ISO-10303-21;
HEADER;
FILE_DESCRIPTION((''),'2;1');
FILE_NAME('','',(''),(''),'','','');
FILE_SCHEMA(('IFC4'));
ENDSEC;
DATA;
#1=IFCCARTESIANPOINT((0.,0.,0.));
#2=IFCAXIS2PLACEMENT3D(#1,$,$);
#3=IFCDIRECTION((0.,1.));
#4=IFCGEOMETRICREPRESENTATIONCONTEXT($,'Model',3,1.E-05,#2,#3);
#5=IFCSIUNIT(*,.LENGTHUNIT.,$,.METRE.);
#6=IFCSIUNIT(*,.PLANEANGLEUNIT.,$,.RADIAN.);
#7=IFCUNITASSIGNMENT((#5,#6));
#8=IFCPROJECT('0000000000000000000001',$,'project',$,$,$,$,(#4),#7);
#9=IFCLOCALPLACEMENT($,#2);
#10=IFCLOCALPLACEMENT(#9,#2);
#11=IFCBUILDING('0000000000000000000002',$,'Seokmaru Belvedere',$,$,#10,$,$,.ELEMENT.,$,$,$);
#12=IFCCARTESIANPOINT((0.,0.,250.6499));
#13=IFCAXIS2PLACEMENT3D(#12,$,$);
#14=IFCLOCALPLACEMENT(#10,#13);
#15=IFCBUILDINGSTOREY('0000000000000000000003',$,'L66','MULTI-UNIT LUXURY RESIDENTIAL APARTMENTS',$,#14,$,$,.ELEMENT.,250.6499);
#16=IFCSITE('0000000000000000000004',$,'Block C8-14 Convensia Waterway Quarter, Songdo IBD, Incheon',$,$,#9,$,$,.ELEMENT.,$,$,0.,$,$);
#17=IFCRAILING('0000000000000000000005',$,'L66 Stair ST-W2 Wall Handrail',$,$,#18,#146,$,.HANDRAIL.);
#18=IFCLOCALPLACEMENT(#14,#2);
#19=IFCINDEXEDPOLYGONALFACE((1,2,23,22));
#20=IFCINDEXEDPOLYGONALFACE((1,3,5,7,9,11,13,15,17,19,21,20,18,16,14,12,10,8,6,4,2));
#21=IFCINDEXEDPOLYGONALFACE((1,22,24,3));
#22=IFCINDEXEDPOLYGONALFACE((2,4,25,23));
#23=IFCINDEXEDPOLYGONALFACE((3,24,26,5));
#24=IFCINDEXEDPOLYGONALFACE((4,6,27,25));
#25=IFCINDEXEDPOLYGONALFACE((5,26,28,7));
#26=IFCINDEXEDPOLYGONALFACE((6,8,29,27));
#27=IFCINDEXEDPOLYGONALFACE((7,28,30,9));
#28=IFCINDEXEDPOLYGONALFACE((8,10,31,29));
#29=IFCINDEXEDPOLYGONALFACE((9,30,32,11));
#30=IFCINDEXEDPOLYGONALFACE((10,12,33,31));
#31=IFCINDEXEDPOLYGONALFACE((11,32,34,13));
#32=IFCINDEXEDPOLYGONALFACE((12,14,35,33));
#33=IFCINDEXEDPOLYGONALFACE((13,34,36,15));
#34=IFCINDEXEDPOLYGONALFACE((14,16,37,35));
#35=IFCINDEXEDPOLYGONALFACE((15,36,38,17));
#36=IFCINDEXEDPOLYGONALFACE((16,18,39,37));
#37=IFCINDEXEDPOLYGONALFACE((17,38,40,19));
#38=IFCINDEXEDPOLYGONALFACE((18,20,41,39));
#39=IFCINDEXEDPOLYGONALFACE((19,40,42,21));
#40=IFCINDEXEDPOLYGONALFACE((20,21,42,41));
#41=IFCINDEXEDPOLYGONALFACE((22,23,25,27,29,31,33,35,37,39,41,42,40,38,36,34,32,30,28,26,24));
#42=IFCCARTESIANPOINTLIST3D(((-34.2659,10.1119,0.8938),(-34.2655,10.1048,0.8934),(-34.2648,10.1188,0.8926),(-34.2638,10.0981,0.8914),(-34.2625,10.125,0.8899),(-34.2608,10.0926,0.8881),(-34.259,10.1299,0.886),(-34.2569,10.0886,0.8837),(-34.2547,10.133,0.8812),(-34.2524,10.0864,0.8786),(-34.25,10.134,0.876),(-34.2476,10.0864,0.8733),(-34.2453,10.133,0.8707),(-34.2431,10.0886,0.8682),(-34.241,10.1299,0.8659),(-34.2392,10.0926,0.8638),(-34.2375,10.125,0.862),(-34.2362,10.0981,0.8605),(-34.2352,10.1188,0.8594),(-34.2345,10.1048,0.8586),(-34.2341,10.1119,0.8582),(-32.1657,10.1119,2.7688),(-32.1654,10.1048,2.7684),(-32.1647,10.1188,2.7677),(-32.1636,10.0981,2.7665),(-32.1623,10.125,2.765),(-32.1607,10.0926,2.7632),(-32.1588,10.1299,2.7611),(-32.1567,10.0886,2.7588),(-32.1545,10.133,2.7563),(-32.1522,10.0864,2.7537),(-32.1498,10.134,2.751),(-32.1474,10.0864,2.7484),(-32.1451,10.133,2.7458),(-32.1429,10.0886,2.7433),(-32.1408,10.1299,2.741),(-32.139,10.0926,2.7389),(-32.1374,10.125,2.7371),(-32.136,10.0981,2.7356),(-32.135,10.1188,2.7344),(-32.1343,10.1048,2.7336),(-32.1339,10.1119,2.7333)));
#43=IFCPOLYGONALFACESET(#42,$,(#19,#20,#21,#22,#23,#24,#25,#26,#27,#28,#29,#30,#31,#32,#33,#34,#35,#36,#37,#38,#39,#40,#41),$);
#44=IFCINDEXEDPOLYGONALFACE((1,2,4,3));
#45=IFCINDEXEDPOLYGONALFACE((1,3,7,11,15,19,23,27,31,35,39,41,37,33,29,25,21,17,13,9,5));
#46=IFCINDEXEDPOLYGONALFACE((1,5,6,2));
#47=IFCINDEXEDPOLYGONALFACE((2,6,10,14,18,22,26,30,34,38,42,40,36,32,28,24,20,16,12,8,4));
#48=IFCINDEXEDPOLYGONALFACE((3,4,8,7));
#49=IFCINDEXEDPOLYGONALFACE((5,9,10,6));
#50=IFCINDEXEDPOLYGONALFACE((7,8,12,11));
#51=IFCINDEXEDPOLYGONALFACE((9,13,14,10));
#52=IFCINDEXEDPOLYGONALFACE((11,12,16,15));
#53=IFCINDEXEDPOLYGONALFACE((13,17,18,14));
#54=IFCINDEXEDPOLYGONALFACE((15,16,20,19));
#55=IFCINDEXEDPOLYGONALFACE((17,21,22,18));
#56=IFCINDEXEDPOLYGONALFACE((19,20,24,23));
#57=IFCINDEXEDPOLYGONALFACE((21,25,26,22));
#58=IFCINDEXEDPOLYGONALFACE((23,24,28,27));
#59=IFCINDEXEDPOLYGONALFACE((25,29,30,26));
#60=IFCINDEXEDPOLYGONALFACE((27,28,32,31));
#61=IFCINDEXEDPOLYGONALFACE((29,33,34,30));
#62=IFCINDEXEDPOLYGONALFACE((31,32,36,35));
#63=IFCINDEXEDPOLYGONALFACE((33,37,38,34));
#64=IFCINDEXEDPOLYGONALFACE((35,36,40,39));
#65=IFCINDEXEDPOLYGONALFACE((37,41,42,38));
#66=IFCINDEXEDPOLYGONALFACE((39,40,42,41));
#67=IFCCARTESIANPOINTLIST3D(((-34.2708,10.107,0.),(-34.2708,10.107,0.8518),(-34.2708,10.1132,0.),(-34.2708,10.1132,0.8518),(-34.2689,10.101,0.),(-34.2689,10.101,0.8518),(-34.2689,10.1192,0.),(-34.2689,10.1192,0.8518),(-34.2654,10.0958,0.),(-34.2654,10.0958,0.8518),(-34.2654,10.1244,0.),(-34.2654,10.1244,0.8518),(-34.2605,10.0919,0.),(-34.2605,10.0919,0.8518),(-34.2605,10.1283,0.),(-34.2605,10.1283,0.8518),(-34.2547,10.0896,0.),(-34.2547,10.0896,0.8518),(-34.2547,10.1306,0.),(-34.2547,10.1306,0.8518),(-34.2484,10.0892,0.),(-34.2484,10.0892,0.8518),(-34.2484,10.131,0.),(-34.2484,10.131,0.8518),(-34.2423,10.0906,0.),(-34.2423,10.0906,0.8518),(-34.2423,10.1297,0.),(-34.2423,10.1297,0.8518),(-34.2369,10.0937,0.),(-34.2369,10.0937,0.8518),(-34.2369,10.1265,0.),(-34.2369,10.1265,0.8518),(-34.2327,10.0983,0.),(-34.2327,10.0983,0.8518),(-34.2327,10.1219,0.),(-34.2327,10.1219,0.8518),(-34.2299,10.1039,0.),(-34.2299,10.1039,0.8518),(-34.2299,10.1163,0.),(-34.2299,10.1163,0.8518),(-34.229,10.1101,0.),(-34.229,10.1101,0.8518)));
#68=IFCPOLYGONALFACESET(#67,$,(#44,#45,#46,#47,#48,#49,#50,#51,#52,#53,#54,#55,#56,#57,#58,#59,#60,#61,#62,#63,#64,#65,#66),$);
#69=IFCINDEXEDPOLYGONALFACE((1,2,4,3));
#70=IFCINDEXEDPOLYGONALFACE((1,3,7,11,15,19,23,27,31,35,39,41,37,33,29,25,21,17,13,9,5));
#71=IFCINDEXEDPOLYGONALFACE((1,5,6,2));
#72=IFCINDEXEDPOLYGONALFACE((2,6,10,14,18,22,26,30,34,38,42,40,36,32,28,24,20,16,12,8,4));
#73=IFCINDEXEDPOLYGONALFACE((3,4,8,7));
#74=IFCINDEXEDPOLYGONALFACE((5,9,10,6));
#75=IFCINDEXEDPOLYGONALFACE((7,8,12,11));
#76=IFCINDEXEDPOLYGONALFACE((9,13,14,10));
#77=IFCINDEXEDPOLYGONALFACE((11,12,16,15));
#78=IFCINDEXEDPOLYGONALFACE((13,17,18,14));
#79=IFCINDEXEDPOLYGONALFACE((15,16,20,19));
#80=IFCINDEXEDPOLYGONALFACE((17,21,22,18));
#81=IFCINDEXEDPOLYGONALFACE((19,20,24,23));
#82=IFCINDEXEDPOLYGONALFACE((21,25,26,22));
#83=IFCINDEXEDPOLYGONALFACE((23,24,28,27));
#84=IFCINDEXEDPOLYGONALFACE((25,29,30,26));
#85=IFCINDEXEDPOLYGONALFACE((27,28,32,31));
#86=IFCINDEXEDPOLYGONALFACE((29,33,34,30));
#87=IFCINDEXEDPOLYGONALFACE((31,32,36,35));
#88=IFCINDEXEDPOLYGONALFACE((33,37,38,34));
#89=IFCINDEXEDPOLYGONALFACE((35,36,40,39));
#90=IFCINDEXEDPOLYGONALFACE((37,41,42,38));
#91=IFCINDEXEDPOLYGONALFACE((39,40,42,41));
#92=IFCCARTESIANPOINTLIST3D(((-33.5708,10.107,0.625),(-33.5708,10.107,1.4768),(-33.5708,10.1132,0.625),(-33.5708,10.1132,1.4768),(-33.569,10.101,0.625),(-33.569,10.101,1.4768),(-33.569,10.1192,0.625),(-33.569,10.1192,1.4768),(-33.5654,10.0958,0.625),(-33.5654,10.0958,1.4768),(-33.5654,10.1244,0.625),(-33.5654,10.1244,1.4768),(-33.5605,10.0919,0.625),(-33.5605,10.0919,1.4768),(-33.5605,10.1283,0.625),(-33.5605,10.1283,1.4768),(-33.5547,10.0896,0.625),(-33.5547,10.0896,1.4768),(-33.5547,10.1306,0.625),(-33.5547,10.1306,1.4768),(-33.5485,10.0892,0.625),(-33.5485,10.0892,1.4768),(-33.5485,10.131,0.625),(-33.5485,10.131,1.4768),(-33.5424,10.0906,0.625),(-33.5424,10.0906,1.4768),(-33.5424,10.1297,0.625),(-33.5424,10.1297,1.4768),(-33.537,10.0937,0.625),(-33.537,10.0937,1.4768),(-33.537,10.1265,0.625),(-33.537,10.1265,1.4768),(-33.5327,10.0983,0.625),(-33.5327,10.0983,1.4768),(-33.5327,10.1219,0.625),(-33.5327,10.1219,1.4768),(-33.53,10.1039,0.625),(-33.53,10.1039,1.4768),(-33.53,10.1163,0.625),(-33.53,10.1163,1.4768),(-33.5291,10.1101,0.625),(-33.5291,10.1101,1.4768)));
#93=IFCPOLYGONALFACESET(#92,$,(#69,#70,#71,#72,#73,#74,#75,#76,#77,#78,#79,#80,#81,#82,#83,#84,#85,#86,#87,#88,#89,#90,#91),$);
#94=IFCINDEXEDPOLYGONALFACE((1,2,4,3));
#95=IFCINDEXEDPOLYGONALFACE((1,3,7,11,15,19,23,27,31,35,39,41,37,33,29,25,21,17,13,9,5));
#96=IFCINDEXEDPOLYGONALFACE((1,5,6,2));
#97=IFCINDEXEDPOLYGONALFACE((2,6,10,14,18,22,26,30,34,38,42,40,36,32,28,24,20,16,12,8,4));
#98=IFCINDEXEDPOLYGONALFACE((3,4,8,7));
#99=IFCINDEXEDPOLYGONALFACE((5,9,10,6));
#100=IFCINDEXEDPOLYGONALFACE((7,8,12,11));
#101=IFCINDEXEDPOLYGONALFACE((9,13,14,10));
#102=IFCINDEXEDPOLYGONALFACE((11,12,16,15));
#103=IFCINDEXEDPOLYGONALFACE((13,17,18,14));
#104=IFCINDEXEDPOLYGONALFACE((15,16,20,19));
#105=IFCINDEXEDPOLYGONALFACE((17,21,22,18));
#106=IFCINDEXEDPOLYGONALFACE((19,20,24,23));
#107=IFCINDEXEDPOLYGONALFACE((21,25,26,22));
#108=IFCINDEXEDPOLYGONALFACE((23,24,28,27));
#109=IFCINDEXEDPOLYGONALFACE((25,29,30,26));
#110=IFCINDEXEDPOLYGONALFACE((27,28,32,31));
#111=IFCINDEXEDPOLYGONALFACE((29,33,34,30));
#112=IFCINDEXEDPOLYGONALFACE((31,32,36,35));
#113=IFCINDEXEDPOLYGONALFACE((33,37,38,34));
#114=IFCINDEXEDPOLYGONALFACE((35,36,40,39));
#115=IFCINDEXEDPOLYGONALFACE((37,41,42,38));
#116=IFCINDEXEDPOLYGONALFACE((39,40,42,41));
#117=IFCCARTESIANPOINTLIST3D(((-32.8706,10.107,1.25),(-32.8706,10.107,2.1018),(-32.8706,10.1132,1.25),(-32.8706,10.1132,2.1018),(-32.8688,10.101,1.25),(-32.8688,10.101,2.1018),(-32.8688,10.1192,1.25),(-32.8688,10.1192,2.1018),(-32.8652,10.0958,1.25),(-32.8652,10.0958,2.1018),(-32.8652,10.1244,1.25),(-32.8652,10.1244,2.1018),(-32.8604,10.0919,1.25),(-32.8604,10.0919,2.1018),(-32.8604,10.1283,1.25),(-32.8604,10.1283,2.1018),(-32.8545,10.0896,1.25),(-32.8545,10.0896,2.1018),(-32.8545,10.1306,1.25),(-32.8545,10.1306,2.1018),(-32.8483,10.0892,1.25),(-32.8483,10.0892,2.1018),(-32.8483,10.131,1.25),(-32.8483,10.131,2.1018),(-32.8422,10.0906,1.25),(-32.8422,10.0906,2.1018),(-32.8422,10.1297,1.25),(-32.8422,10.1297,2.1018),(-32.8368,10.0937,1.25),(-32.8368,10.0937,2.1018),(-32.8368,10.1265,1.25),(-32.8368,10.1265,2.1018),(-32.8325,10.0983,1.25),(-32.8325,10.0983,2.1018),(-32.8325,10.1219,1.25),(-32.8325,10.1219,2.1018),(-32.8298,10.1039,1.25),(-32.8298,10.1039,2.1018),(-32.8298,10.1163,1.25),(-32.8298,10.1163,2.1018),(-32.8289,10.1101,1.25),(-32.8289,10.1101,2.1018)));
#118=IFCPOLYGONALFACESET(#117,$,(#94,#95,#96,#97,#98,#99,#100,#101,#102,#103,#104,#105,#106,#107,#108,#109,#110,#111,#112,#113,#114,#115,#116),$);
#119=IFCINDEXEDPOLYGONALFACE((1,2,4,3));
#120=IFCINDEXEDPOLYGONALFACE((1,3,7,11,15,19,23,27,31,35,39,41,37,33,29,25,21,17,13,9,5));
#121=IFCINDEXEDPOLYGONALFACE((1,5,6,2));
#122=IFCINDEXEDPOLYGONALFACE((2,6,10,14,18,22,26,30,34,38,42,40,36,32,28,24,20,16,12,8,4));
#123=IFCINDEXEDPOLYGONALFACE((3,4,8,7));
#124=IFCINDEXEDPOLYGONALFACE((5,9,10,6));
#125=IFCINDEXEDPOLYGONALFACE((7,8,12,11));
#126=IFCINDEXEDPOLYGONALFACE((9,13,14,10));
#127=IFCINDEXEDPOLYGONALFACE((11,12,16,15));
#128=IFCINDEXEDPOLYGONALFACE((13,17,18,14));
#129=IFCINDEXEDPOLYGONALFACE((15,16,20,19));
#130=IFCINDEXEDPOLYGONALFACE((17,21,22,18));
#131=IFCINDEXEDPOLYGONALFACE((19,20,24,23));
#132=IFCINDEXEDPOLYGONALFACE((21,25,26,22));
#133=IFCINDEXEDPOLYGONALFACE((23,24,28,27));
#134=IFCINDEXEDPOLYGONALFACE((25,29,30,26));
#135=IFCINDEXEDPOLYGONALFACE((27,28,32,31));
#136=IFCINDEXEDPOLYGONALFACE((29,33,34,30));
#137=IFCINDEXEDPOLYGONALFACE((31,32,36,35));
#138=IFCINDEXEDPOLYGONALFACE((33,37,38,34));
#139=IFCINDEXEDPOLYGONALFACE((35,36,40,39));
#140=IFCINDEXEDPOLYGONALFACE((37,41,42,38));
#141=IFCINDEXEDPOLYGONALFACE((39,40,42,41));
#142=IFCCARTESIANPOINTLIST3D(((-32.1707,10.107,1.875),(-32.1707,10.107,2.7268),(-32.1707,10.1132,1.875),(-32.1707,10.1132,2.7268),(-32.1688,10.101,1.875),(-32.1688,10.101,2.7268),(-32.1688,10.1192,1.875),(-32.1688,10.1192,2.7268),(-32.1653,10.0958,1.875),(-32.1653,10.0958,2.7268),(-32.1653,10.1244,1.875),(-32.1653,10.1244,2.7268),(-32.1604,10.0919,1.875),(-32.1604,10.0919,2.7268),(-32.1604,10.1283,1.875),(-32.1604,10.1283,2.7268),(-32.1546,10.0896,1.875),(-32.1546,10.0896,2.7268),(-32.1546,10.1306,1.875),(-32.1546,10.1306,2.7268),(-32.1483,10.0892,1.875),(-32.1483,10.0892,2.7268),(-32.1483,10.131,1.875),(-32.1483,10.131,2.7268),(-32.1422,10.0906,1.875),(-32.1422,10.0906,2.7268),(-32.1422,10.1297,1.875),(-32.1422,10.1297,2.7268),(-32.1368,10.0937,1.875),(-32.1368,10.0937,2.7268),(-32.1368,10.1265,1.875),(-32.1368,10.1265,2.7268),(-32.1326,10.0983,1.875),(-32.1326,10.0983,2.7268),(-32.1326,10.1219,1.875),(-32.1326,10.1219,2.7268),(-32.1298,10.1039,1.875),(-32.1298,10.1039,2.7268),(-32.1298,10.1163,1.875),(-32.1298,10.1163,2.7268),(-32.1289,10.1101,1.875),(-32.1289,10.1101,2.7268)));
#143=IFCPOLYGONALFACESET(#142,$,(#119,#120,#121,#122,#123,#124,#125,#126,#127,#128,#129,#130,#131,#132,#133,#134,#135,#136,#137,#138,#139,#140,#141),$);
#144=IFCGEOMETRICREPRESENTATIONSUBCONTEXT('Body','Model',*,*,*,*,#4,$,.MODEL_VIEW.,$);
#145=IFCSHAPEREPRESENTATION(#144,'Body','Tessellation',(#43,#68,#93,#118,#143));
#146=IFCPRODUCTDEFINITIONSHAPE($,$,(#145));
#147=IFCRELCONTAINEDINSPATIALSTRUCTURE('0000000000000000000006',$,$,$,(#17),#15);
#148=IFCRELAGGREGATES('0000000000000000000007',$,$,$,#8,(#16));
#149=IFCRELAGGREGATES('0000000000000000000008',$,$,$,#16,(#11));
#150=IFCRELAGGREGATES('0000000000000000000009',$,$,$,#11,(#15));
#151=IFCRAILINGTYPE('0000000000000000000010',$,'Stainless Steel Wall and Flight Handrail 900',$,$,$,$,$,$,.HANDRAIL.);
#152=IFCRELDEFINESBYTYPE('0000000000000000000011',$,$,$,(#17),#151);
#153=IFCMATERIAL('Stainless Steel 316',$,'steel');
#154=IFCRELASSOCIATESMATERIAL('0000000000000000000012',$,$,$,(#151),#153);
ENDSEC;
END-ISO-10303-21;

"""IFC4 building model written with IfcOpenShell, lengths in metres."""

from ifc_helpers import new_model, si_unit, direction, frame, origin, origin_2d, place, context, subcontext, project, spatial, circle, extrude, material, type_object, element, save


model = new_model("IFC4")

# Units and contexts
model_context = context("Model", 3, precision=1e-05, world=origin(), true_north=direction((0.0, 1.0)))
body_context = subcontext(model_context, "Body", "Model", "MODEL_VIEW")
ifc_project = project(units=[si_unit("LENGTHUNIT", "METRE"), si_unit("PLANEANGLEUNIT", "RADIAN")], contexts=[model_context])

# Site, building, storey
site_placement = place(None, origin())
site = spatial("IfcSite", under=ifc_project, at=site_placement, Name="Block C8-14 Convensia Waterway Quarter, Songdo IBD, Incheon", CompositionType="ELEMENT", RefElevation=0.0)
building_placement = place(site_placement, origin())
building = spatial("IfcBuilding", under=site, at=building_placement, Name="Seokmaru Belvedere", CompositionType="ELEMENT")
storey_placement = place(building_placement, frame((0.0, 0.0, 250.6499)))
storey = spatial("IfcBuildingStorey", under=building, at=storey_placement, Name="L66", Description="MULTI-UNIT LUXURY RESIDENTIAL APARTMENTS", CompositionType="ELEMENT", Elevation=250.6499)

# Railing
ifc_material_1 = material(Name="Stainless Steel 316", Category="steel")
railing_type_1 = type_object("IfcRailingType", Name="Stainless Steel Wall and Flight Handrail 900", PredefinedType="HANDRAIL", material=ifc_material_1)
railing_1_placement = place(storey_placement, frame((-34.25, 10.1101, 0.0)))
element("IfcRailing", 1, at=railing_1_placement, inside=storey, type_object=railing_type_1, Name="L66 Stair ST-W2 Wall Handrail", PredefinedType="HANDRAIL", context=body_context, shape_type="SweptSolid", body=[
    extrude(circle(Radius=0.0239, at=origin_2d()), frame((0.0, 0.0, 0.876), z_axis=(0.745953, 0.0, 0.665999), x_axis=(0.0, 1.0, 0.0)), (0.0, 0.0, 1.0), 2.8154),
    extrude(circle(Radius=0.021, at=origin_2d()), origin(), (0.0, 0.0, 1.0), 0.8518),
    extrude(circle(Radius=0.021, at=origin_2d()), frame((0.7, 0.0, 0.625)), (0.0, 0.0, 1.0), 0.8518),
    extrude(circle(Radius=0.021, at=origin_2d()), frame((1.4001, 0.0, 1.25)), (0.0, 0.0, 1.0), 0.8518),
    extrude(circle(Radius=0.021, at=origin_2d()), frame((2.1001, 0.0, 1.875)), (0.0, 0.0, 1.0), 0.8518),
])

save(model, "model.ifc")
